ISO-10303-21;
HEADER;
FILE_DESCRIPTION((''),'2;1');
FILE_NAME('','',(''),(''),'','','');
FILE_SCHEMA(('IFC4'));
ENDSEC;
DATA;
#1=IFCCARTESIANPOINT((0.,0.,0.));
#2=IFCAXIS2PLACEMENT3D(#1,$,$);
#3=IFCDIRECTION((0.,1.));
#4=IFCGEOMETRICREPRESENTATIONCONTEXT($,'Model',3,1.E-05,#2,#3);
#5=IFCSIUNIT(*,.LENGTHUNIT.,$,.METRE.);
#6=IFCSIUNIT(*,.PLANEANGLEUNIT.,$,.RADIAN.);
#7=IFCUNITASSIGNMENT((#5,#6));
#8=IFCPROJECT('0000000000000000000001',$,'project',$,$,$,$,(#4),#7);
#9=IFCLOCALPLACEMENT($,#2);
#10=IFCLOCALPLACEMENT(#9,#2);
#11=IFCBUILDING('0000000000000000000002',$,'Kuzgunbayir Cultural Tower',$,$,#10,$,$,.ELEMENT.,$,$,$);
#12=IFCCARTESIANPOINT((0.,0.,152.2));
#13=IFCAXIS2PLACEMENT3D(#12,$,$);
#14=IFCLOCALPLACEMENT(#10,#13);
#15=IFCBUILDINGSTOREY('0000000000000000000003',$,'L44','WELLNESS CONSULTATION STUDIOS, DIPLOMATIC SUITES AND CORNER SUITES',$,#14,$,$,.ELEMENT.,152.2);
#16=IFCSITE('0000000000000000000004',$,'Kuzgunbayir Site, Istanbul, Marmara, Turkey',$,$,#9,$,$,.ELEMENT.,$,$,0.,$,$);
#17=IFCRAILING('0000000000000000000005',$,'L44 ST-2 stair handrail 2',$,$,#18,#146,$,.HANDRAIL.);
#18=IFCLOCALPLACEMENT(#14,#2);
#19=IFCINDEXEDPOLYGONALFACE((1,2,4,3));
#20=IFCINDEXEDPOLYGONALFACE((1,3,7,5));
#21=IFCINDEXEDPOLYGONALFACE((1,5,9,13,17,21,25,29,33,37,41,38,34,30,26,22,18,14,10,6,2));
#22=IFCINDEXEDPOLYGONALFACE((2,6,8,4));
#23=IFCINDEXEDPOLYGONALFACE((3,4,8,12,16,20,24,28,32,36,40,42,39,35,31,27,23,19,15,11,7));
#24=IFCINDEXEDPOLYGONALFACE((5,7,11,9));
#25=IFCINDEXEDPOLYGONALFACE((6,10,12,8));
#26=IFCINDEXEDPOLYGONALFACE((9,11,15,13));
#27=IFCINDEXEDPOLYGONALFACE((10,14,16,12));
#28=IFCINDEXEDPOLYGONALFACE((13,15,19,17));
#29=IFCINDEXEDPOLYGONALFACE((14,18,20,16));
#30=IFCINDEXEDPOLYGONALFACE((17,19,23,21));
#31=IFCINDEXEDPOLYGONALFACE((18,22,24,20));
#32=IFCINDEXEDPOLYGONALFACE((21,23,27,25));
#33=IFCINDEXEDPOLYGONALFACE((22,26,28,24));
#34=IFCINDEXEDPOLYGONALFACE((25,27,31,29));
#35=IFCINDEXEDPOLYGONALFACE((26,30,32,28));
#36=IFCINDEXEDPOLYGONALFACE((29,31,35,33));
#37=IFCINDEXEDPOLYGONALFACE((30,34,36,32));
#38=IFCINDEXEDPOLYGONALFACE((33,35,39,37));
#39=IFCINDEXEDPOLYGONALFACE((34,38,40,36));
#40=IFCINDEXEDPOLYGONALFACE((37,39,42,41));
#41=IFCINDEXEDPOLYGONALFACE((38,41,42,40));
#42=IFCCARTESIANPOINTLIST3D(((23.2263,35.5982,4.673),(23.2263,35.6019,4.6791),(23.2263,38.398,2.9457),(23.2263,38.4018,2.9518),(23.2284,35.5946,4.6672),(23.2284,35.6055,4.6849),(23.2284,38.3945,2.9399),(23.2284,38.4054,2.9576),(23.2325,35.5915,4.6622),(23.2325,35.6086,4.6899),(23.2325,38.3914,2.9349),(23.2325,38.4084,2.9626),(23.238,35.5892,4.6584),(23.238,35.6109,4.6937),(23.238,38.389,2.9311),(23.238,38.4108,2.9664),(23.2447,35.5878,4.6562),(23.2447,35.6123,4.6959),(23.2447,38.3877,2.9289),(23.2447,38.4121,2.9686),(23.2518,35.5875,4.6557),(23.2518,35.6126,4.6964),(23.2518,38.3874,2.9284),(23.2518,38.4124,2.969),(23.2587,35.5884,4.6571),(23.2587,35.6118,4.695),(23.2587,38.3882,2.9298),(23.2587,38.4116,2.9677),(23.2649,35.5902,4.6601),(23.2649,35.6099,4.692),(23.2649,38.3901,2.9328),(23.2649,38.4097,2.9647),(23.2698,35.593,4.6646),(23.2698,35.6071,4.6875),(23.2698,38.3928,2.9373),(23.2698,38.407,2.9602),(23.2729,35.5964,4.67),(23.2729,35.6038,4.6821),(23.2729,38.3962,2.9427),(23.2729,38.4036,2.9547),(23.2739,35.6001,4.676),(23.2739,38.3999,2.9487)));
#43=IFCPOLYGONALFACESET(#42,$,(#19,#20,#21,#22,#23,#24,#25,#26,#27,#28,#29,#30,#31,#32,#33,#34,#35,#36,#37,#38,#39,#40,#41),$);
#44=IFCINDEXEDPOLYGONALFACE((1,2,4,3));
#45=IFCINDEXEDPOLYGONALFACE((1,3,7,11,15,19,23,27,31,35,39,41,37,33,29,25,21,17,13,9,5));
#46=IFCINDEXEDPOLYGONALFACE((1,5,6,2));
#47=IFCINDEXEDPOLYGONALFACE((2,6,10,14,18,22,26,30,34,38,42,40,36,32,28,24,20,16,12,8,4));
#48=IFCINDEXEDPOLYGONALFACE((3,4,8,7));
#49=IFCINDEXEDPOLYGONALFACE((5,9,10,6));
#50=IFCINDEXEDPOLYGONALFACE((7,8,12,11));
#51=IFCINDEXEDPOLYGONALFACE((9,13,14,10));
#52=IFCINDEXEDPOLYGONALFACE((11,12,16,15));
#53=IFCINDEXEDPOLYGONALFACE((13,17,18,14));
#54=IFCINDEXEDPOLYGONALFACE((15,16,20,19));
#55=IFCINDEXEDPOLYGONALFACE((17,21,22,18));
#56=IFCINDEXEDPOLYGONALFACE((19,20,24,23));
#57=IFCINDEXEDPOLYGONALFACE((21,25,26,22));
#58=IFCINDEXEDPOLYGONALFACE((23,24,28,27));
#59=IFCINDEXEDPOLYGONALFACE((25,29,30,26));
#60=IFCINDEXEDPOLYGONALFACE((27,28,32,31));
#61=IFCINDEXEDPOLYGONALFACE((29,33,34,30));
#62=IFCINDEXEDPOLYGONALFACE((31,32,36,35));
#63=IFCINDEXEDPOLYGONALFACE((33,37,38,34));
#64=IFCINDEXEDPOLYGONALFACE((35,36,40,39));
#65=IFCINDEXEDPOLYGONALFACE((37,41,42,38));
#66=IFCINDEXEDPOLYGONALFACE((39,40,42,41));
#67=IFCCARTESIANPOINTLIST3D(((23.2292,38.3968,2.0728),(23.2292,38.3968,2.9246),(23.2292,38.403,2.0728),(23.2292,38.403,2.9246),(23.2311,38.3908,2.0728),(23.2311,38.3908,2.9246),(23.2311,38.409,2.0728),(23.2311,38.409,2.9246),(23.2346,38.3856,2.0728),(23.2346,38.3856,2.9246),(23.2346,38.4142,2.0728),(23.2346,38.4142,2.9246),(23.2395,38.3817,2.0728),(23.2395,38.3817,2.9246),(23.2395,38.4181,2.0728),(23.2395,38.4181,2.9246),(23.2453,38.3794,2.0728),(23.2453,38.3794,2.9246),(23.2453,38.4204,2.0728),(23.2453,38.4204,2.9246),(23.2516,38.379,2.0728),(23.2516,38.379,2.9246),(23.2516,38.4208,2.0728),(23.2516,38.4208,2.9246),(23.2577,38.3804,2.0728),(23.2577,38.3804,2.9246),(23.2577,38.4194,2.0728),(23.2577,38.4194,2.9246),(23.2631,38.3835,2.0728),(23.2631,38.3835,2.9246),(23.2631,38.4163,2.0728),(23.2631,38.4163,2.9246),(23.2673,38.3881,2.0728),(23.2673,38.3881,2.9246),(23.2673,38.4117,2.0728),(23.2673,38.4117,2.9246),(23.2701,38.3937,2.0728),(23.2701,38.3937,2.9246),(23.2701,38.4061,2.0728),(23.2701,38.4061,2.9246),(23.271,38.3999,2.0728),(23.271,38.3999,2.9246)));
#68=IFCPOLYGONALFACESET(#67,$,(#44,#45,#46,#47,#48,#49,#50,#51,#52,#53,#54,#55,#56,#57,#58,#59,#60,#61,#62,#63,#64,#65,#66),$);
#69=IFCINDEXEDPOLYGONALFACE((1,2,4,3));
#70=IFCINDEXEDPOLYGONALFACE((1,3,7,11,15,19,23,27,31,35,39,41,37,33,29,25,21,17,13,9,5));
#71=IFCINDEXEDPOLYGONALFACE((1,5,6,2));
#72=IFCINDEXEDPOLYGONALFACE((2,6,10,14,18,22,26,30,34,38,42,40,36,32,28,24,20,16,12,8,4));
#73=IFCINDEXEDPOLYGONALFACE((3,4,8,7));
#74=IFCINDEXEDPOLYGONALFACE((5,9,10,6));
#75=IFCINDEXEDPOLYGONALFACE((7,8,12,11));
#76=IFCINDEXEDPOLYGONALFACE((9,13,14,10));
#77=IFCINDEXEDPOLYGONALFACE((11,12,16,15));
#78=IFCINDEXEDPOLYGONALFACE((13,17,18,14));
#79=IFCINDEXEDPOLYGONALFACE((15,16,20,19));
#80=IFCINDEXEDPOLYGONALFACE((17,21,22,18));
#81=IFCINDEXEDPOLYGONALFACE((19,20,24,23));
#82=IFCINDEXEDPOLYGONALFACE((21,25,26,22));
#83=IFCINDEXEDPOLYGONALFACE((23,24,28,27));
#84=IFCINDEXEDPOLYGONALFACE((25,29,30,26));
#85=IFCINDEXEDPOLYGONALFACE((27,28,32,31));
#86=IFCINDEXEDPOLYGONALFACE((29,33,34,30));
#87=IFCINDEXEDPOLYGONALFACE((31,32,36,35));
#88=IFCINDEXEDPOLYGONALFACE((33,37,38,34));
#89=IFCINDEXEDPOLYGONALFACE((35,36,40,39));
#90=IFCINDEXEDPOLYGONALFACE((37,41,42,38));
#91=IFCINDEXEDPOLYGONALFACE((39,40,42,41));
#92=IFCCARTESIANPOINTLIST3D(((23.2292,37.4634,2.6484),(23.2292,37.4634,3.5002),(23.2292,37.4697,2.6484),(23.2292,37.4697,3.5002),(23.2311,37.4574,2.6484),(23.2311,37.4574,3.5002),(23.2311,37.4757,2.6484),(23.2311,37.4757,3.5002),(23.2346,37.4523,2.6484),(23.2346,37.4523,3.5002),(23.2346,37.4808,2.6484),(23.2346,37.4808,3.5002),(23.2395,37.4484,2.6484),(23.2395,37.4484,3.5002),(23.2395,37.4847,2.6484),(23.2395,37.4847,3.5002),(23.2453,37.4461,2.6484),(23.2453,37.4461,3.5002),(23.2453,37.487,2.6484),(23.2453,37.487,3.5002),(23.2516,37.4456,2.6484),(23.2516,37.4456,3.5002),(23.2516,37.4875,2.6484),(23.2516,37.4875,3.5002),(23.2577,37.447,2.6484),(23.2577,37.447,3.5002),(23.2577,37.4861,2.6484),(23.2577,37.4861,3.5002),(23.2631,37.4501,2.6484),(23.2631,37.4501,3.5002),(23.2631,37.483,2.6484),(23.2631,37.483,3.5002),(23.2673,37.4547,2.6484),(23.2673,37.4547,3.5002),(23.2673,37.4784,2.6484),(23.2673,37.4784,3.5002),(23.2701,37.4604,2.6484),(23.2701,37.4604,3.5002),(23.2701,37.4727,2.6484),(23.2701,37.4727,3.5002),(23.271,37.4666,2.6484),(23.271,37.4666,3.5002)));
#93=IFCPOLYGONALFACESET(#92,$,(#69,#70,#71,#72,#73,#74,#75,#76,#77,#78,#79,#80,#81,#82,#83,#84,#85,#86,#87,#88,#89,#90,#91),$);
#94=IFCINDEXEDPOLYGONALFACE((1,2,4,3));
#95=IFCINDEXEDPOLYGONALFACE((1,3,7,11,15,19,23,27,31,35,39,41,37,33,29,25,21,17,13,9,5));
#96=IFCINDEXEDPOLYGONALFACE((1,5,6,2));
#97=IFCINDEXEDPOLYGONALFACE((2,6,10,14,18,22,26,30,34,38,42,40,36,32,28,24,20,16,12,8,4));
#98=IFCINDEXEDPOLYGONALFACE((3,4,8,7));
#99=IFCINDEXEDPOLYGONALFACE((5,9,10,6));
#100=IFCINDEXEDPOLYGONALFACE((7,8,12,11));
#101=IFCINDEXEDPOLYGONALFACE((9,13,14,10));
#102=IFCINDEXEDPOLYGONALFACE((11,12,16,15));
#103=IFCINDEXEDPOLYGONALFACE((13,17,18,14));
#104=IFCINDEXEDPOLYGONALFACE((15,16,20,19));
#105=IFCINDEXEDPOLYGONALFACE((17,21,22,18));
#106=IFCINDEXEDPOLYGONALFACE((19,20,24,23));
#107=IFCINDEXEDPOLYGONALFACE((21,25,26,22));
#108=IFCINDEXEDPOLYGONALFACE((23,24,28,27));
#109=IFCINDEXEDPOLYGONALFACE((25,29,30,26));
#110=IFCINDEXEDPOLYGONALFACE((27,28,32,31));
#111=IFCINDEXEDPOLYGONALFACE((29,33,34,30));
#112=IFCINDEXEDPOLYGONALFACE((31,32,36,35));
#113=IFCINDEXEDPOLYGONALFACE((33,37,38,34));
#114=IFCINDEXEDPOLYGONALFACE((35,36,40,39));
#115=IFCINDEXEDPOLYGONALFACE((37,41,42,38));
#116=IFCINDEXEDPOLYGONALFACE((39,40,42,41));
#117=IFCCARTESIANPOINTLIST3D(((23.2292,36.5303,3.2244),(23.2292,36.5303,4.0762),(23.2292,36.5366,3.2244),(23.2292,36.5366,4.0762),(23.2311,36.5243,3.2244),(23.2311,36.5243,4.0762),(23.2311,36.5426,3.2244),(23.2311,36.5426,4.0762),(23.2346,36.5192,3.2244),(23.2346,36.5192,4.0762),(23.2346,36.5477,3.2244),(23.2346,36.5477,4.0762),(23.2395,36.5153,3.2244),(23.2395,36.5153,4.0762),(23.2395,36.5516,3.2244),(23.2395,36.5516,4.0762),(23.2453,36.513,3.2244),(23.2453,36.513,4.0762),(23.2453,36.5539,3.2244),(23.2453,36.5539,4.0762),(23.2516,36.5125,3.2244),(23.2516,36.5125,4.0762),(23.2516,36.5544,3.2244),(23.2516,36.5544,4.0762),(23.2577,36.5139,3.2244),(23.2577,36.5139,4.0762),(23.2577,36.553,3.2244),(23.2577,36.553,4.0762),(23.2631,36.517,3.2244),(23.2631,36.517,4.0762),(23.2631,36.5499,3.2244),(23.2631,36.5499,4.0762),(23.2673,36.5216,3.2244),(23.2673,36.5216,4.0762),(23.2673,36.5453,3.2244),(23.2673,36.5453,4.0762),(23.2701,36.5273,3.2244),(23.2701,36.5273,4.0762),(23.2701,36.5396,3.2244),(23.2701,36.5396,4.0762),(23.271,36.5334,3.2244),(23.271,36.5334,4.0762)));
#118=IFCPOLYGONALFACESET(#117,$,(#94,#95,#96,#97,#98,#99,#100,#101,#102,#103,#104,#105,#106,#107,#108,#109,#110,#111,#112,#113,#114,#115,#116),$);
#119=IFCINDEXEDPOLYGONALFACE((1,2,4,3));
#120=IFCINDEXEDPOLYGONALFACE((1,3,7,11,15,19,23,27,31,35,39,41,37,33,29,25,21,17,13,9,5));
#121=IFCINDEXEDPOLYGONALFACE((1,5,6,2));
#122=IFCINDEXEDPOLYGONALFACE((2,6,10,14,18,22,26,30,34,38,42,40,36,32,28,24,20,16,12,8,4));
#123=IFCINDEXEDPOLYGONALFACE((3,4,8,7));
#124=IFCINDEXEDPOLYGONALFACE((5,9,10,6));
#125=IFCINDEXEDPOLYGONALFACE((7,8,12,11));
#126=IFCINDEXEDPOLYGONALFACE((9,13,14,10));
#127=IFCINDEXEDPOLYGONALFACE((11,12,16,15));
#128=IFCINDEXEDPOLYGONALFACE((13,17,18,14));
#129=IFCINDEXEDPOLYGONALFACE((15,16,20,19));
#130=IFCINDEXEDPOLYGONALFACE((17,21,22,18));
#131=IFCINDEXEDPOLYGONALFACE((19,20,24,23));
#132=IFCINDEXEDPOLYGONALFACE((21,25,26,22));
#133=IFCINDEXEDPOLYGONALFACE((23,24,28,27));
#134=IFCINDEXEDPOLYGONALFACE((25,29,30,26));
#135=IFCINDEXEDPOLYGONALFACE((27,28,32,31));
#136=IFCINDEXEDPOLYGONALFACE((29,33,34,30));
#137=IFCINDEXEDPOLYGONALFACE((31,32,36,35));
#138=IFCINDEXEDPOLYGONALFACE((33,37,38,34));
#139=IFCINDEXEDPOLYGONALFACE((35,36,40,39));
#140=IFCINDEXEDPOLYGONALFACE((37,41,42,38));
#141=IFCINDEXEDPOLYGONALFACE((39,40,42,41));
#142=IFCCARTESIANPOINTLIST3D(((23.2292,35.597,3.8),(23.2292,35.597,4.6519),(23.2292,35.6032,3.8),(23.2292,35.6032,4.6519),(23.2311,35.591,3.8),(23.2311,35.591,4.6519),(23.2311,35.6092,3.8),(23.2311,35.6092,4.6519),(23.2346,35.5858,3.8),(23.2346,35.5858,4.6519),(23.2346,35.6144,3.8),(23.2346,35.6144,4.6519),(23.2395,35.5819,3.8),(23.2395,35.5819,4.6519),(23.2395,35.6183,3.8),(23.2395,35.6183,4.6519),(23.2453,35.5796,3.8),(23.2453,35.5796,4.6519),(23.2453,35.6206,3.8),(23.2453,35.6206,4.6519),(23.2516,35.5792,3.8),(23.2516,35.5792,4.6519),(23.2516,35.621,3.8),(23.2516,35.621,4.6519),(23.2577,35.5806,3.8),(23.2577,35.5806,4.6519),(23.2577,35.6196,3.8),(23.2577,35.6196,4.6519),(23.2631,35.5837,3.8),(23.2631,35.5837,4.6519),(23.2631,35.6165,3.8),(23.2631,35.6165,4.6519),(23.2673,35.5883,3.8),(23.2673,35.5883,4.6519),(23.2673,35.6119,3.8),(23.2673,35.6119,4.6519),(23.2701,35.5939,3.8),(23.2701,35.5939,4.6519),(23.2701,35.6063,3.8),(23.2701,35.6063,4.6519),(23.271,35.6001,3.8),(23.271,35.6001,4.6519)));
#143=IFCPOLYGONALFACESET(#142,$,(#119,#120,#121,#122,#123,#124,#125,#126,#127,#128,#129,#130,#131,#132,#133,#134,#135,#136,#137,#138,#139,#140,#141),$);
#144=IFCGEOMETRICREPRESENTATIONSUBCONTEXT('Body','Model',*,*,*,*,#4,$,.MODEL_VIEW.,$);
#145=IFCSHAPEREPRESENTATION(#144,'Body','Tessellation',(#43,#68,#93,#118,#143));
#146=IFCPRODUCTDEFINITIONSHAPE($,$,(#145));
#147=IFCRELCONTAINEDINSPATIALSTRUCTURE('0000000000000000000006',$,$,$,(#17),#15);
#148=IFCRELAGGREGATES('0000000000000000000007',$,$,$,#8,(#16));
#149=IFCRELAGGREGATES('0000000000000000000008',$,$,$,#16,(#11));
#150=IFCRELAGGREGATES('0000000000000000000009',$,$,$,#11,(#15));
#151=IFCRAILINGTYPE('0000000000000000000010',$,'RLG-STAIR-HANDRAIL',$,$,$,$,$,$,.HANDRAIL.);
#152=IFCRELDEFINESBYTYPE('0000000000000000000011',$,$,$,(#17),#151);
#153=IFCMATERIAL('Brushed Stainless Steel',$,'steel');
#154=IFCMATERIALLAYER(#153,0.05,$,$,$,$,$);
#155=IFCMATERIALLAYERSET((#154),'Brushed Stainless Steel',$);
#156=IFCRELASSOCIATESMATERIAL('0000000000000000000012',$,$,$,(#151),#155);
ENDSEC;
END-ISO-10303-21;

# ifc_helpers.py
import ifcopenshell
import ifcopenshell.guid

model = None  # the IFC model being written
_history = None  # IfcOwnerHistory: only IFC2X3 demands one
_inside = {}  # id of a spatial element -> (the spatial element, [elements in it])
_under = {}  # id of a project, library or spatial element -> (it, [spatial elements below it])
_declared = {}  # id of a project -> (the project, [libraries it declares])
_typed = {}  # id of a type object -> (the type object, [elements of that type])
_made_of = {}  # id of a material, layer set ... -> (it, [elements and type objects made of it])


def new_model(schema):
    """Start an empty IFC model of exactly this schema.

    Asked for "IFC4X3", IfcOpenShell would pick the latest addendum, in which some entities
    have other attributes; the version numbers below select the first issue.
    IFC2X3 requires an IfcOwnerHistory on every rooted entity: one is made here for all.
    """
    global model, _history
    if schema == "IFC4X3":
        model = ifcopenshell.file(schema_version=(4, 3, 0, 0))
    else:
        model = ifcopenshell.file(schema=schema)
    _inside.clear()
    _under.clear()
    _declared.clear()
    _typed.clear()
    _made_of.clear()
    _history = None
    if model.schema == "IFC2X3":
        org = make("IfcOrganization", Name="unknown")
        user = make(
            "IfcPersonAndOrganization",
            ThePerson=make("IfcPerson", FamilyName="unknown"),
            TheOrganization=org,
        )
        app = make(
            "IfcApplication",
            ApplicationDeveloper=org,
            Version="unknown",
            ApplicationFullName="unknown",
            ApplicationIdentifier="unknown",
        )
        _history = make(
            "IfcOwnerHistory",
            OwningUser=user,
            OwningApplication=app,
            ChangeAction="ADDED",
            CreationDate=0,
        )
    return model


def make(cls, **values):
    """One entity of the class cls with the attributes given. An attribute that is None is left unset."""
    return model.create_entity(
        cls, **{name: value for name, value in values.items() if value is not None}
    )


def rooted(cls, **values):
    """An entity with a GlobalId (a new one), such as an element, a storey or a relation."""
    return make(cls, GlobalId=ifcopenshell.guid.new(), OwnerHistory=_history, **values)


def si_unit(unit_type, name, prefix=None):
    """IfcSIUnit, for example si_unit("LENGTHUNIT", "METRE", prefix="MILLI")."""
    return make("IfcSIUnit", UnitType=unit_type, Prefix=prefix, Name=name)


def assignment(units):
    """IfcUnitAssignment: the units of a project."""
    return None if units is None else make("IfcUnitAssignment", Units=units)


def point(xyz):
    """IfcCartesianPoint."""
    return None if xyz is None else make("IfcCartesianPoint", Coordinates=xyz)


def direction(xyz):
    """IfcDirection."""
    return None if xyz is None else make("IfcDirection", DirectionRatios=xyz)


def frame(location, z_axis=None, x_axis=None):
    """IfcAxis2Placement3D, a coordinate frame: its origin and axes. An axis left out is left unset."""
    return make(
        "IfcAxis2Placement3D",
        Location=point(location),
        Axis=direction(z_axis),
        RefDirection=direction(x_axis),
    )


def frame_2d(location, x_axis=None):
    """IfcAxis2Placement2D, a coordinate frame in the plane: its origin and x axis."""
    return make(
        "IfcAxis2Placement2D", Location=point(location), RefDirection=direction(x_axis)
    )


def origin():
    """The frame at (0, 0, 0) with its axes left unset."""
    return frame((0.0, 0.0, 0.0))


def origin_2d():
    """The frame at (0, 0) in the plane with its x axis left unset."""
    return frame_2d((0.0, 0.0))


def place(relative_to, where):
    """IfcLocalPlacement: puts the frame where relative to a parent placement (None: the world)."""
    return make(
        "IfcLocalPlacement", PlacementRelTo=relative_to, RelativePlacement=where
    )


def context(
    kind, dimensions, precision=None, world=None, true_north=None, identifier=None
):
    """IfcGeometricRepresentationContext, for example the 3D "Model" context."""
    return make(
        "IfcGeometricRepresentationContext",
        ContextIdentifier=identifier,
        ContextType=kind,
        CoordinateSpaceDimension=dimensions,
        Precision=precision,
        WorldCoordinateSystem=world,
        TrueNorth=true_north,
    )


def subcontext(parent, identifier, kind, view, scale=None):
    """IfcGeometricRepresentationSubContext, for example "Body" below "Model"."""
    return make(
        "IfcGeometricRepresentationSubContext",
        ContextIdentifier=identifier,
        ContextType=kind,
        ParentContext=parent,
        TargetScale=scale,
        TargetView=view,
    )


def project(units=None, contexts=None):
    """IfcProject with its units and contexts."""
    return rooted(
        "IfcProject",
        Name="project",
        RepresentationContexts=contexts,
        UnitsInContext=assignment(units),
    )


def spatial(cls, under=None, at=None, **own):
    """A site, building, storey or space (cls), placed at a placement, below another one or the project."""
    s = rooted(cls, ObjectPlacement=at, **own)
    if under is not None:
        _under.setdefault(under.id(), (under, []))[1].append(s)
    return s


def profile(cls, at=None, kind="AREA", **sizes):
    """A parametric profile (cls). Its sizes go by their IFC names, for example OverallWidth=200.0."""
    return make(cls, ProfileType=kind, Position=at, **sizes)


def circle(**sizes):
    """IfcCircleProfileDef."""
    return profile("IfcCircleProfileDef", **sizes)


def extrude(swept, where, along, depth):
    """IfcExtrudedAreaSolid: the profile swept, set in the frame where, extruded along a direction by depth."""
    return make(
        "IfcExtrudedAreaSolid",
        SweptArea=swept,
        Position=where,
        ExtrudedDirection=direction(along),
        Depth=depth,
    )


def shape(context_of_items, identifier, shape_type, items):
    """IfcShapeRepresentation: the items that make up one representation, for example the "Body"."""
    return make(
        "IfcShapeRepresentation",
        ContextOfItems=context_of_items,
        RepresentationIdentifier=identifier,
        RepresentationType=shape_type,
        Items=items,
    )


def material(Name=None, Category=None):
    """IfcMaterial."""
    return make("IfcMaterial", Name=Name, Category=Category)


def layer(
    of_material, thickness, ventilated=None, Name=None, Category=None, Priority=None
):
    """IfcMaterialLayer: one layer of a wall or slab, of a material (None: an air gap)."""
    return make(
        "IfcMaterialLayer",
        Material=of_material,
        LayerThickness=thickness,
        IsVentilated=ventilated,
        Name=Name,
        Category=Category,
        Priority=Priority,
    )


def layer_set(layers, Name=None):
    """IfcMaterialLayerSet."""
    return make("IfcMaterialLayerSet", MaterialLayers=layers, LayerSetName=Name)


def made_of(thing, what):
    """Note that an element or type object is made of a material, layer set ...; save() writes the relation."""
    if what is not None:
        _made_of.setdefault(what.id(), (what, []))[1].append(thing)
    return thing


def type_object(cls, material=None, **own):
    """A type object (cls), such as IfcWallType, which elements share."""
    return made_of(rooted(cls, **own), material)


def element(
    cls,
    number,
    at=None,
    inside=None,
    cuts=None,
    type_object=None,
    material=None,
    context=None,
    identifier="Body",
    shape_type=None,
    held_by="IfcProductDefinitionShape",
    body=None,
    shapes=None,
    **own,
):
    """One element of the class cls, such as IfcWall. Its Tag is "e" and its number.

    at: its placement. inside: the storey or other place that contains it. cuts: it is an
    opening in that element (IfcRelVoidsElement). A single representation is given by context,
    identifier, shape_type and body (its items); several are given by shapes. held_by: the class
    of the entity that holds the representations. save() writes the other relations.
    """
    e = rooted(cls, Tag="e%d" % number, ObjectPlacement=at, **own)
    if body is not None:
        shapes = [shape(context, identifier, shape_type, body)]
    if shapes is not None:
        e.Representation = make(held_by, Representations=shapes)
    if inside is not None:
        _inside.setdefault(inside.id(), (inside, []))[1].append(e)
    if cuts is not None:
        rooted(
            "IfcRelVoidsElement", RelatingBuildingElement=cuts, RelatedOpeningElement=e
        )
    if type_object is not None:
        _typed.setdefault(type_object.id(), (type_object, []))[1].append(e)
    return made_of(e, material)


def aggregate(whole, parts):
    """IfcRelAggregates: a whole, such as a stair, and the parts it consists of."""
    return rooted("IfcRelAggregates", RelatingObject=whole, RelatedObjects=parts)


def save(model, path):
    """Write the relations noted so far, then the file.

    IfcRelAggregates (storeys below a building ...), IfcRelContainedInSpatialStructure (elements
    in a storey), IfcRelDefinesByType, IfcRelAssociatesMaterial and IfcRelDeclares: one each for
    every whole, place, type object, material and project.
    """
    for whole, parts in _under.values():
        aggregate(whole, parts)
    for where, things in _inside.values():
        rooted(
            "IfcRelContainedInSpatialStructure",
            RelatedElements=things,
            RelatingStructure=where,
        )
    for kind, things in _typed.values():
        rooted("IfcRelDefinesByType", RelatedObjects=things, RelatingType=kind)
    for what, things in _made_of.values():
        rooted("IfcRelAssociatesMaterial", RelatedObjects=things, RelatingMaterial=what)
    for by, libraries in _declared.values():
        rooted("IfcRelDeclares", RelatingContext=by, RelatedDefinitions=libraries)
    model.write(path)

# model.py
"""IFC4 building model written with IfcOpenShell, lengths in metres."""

from ifc_helpers import new_model, si_unit, direction, frame, origin, origin_2d, place, context, subcontext, project, spatial, circle, extrude, material, layer, layer_set, type_object, element, save


model = new_model("IFC4")

# Units and contexts
model_context = context("Model", 3, precision=1e-05, world=origin(), true_north=direction((0.0, 1.0)))
body_context = subcontext(model_context, "Body", "Model", "MODEL_VIEW")
ifc_project = project(units=[si_unit("LENGTHUNIT", "METRE"), si_unit("PLANEANGLEUNIT", "RADIAN")], contexts=[model_context])

# Site, building, storey
site_placement = place(None, origin())
site = spatial("IfcSite", under=ifc_project, at=site_placement, Name="Kuzgunbayir Site, Istanbul, Marmara, Turkey", CompositionType="ELEMENT", RefElevation=0.0)
building_placement = place(site_placement, origin())
building = spatial("IfcBuilding", under=site, at=building_placement, Name="Kuzgunbayir Cultural Tower", CompositionType="ELEMENT")
storey_placement = place(building_placement, frame((0.0, 0.0, 152.2)))
storey = spatial("IfcBuildingStorey", under=building, at=storey_placement, Name="L44", Description="WELLNESS CONSULTATION STUDIOS, DIPLOMATIC SUITES AND CORNER SUITES", CompositionType="ELEMENT", Elevation=152.2)

# Shared definitions
ifc_material_1 = material(Name="Brushed Stainless Steel", Category="steel")

# Railing
ifc_layer_1 = layer(ifc_material_1, 0.05)
ifc_layer_set_1 = layer_set([ifc_layer_1], Name="Brushed Stainless Steel")
railing_type_1 = type_object("IfcRailingType", Name="RLG-STAIR-HANDRAIL", PredefinedType="HANDRAIL", material=ifc_layer_set_1)
railing_1_placement = place(storey_placement, frame((23.25, 38.3999, 2.0728)))
element("IfcRailing", 1, at=railing_1_placement, inside=storey, type_object=railing_type_1, Name="L44 ST-2 stair handrail 2", PredefinedType="HANDRAIL", context=body_context, shape_type="SweptSolid", body=[
    extrude(circle(Radius=0.0239, at=origin_2d()), frame((0.0, 0.0, 0.876), z_axis=(0.0, -0.851069, 0.525054), x_axis=(1.0, 0.0, 0.0)), (0.0, 0.0, 1.0), 3.2898),
    extrude(circle(Radius=0.021, at=origin_2d()), origin(), (0.0, 0.0, 1.0), 0.8518),
    extrude(circle(Radius=0.021, at=origin_2d()), frame((0.0, -0.9333, 0.5757)), (0.0, 0.0, 1.0), 0.8518),
    extrude(circle(Radius=0.021, at=origin_2d()), frame((0.0, -1.8665, 1.1516)), (0.0, 0.0, 1.0), 0.8518),
    extrude(circle(Radius=0.021, at=origin_2d()), frame((0.0, -2.7998, 1.7273)), (0.0, 0.0, 1.0), 0.8518),
])

save(model, "model.ifc")
